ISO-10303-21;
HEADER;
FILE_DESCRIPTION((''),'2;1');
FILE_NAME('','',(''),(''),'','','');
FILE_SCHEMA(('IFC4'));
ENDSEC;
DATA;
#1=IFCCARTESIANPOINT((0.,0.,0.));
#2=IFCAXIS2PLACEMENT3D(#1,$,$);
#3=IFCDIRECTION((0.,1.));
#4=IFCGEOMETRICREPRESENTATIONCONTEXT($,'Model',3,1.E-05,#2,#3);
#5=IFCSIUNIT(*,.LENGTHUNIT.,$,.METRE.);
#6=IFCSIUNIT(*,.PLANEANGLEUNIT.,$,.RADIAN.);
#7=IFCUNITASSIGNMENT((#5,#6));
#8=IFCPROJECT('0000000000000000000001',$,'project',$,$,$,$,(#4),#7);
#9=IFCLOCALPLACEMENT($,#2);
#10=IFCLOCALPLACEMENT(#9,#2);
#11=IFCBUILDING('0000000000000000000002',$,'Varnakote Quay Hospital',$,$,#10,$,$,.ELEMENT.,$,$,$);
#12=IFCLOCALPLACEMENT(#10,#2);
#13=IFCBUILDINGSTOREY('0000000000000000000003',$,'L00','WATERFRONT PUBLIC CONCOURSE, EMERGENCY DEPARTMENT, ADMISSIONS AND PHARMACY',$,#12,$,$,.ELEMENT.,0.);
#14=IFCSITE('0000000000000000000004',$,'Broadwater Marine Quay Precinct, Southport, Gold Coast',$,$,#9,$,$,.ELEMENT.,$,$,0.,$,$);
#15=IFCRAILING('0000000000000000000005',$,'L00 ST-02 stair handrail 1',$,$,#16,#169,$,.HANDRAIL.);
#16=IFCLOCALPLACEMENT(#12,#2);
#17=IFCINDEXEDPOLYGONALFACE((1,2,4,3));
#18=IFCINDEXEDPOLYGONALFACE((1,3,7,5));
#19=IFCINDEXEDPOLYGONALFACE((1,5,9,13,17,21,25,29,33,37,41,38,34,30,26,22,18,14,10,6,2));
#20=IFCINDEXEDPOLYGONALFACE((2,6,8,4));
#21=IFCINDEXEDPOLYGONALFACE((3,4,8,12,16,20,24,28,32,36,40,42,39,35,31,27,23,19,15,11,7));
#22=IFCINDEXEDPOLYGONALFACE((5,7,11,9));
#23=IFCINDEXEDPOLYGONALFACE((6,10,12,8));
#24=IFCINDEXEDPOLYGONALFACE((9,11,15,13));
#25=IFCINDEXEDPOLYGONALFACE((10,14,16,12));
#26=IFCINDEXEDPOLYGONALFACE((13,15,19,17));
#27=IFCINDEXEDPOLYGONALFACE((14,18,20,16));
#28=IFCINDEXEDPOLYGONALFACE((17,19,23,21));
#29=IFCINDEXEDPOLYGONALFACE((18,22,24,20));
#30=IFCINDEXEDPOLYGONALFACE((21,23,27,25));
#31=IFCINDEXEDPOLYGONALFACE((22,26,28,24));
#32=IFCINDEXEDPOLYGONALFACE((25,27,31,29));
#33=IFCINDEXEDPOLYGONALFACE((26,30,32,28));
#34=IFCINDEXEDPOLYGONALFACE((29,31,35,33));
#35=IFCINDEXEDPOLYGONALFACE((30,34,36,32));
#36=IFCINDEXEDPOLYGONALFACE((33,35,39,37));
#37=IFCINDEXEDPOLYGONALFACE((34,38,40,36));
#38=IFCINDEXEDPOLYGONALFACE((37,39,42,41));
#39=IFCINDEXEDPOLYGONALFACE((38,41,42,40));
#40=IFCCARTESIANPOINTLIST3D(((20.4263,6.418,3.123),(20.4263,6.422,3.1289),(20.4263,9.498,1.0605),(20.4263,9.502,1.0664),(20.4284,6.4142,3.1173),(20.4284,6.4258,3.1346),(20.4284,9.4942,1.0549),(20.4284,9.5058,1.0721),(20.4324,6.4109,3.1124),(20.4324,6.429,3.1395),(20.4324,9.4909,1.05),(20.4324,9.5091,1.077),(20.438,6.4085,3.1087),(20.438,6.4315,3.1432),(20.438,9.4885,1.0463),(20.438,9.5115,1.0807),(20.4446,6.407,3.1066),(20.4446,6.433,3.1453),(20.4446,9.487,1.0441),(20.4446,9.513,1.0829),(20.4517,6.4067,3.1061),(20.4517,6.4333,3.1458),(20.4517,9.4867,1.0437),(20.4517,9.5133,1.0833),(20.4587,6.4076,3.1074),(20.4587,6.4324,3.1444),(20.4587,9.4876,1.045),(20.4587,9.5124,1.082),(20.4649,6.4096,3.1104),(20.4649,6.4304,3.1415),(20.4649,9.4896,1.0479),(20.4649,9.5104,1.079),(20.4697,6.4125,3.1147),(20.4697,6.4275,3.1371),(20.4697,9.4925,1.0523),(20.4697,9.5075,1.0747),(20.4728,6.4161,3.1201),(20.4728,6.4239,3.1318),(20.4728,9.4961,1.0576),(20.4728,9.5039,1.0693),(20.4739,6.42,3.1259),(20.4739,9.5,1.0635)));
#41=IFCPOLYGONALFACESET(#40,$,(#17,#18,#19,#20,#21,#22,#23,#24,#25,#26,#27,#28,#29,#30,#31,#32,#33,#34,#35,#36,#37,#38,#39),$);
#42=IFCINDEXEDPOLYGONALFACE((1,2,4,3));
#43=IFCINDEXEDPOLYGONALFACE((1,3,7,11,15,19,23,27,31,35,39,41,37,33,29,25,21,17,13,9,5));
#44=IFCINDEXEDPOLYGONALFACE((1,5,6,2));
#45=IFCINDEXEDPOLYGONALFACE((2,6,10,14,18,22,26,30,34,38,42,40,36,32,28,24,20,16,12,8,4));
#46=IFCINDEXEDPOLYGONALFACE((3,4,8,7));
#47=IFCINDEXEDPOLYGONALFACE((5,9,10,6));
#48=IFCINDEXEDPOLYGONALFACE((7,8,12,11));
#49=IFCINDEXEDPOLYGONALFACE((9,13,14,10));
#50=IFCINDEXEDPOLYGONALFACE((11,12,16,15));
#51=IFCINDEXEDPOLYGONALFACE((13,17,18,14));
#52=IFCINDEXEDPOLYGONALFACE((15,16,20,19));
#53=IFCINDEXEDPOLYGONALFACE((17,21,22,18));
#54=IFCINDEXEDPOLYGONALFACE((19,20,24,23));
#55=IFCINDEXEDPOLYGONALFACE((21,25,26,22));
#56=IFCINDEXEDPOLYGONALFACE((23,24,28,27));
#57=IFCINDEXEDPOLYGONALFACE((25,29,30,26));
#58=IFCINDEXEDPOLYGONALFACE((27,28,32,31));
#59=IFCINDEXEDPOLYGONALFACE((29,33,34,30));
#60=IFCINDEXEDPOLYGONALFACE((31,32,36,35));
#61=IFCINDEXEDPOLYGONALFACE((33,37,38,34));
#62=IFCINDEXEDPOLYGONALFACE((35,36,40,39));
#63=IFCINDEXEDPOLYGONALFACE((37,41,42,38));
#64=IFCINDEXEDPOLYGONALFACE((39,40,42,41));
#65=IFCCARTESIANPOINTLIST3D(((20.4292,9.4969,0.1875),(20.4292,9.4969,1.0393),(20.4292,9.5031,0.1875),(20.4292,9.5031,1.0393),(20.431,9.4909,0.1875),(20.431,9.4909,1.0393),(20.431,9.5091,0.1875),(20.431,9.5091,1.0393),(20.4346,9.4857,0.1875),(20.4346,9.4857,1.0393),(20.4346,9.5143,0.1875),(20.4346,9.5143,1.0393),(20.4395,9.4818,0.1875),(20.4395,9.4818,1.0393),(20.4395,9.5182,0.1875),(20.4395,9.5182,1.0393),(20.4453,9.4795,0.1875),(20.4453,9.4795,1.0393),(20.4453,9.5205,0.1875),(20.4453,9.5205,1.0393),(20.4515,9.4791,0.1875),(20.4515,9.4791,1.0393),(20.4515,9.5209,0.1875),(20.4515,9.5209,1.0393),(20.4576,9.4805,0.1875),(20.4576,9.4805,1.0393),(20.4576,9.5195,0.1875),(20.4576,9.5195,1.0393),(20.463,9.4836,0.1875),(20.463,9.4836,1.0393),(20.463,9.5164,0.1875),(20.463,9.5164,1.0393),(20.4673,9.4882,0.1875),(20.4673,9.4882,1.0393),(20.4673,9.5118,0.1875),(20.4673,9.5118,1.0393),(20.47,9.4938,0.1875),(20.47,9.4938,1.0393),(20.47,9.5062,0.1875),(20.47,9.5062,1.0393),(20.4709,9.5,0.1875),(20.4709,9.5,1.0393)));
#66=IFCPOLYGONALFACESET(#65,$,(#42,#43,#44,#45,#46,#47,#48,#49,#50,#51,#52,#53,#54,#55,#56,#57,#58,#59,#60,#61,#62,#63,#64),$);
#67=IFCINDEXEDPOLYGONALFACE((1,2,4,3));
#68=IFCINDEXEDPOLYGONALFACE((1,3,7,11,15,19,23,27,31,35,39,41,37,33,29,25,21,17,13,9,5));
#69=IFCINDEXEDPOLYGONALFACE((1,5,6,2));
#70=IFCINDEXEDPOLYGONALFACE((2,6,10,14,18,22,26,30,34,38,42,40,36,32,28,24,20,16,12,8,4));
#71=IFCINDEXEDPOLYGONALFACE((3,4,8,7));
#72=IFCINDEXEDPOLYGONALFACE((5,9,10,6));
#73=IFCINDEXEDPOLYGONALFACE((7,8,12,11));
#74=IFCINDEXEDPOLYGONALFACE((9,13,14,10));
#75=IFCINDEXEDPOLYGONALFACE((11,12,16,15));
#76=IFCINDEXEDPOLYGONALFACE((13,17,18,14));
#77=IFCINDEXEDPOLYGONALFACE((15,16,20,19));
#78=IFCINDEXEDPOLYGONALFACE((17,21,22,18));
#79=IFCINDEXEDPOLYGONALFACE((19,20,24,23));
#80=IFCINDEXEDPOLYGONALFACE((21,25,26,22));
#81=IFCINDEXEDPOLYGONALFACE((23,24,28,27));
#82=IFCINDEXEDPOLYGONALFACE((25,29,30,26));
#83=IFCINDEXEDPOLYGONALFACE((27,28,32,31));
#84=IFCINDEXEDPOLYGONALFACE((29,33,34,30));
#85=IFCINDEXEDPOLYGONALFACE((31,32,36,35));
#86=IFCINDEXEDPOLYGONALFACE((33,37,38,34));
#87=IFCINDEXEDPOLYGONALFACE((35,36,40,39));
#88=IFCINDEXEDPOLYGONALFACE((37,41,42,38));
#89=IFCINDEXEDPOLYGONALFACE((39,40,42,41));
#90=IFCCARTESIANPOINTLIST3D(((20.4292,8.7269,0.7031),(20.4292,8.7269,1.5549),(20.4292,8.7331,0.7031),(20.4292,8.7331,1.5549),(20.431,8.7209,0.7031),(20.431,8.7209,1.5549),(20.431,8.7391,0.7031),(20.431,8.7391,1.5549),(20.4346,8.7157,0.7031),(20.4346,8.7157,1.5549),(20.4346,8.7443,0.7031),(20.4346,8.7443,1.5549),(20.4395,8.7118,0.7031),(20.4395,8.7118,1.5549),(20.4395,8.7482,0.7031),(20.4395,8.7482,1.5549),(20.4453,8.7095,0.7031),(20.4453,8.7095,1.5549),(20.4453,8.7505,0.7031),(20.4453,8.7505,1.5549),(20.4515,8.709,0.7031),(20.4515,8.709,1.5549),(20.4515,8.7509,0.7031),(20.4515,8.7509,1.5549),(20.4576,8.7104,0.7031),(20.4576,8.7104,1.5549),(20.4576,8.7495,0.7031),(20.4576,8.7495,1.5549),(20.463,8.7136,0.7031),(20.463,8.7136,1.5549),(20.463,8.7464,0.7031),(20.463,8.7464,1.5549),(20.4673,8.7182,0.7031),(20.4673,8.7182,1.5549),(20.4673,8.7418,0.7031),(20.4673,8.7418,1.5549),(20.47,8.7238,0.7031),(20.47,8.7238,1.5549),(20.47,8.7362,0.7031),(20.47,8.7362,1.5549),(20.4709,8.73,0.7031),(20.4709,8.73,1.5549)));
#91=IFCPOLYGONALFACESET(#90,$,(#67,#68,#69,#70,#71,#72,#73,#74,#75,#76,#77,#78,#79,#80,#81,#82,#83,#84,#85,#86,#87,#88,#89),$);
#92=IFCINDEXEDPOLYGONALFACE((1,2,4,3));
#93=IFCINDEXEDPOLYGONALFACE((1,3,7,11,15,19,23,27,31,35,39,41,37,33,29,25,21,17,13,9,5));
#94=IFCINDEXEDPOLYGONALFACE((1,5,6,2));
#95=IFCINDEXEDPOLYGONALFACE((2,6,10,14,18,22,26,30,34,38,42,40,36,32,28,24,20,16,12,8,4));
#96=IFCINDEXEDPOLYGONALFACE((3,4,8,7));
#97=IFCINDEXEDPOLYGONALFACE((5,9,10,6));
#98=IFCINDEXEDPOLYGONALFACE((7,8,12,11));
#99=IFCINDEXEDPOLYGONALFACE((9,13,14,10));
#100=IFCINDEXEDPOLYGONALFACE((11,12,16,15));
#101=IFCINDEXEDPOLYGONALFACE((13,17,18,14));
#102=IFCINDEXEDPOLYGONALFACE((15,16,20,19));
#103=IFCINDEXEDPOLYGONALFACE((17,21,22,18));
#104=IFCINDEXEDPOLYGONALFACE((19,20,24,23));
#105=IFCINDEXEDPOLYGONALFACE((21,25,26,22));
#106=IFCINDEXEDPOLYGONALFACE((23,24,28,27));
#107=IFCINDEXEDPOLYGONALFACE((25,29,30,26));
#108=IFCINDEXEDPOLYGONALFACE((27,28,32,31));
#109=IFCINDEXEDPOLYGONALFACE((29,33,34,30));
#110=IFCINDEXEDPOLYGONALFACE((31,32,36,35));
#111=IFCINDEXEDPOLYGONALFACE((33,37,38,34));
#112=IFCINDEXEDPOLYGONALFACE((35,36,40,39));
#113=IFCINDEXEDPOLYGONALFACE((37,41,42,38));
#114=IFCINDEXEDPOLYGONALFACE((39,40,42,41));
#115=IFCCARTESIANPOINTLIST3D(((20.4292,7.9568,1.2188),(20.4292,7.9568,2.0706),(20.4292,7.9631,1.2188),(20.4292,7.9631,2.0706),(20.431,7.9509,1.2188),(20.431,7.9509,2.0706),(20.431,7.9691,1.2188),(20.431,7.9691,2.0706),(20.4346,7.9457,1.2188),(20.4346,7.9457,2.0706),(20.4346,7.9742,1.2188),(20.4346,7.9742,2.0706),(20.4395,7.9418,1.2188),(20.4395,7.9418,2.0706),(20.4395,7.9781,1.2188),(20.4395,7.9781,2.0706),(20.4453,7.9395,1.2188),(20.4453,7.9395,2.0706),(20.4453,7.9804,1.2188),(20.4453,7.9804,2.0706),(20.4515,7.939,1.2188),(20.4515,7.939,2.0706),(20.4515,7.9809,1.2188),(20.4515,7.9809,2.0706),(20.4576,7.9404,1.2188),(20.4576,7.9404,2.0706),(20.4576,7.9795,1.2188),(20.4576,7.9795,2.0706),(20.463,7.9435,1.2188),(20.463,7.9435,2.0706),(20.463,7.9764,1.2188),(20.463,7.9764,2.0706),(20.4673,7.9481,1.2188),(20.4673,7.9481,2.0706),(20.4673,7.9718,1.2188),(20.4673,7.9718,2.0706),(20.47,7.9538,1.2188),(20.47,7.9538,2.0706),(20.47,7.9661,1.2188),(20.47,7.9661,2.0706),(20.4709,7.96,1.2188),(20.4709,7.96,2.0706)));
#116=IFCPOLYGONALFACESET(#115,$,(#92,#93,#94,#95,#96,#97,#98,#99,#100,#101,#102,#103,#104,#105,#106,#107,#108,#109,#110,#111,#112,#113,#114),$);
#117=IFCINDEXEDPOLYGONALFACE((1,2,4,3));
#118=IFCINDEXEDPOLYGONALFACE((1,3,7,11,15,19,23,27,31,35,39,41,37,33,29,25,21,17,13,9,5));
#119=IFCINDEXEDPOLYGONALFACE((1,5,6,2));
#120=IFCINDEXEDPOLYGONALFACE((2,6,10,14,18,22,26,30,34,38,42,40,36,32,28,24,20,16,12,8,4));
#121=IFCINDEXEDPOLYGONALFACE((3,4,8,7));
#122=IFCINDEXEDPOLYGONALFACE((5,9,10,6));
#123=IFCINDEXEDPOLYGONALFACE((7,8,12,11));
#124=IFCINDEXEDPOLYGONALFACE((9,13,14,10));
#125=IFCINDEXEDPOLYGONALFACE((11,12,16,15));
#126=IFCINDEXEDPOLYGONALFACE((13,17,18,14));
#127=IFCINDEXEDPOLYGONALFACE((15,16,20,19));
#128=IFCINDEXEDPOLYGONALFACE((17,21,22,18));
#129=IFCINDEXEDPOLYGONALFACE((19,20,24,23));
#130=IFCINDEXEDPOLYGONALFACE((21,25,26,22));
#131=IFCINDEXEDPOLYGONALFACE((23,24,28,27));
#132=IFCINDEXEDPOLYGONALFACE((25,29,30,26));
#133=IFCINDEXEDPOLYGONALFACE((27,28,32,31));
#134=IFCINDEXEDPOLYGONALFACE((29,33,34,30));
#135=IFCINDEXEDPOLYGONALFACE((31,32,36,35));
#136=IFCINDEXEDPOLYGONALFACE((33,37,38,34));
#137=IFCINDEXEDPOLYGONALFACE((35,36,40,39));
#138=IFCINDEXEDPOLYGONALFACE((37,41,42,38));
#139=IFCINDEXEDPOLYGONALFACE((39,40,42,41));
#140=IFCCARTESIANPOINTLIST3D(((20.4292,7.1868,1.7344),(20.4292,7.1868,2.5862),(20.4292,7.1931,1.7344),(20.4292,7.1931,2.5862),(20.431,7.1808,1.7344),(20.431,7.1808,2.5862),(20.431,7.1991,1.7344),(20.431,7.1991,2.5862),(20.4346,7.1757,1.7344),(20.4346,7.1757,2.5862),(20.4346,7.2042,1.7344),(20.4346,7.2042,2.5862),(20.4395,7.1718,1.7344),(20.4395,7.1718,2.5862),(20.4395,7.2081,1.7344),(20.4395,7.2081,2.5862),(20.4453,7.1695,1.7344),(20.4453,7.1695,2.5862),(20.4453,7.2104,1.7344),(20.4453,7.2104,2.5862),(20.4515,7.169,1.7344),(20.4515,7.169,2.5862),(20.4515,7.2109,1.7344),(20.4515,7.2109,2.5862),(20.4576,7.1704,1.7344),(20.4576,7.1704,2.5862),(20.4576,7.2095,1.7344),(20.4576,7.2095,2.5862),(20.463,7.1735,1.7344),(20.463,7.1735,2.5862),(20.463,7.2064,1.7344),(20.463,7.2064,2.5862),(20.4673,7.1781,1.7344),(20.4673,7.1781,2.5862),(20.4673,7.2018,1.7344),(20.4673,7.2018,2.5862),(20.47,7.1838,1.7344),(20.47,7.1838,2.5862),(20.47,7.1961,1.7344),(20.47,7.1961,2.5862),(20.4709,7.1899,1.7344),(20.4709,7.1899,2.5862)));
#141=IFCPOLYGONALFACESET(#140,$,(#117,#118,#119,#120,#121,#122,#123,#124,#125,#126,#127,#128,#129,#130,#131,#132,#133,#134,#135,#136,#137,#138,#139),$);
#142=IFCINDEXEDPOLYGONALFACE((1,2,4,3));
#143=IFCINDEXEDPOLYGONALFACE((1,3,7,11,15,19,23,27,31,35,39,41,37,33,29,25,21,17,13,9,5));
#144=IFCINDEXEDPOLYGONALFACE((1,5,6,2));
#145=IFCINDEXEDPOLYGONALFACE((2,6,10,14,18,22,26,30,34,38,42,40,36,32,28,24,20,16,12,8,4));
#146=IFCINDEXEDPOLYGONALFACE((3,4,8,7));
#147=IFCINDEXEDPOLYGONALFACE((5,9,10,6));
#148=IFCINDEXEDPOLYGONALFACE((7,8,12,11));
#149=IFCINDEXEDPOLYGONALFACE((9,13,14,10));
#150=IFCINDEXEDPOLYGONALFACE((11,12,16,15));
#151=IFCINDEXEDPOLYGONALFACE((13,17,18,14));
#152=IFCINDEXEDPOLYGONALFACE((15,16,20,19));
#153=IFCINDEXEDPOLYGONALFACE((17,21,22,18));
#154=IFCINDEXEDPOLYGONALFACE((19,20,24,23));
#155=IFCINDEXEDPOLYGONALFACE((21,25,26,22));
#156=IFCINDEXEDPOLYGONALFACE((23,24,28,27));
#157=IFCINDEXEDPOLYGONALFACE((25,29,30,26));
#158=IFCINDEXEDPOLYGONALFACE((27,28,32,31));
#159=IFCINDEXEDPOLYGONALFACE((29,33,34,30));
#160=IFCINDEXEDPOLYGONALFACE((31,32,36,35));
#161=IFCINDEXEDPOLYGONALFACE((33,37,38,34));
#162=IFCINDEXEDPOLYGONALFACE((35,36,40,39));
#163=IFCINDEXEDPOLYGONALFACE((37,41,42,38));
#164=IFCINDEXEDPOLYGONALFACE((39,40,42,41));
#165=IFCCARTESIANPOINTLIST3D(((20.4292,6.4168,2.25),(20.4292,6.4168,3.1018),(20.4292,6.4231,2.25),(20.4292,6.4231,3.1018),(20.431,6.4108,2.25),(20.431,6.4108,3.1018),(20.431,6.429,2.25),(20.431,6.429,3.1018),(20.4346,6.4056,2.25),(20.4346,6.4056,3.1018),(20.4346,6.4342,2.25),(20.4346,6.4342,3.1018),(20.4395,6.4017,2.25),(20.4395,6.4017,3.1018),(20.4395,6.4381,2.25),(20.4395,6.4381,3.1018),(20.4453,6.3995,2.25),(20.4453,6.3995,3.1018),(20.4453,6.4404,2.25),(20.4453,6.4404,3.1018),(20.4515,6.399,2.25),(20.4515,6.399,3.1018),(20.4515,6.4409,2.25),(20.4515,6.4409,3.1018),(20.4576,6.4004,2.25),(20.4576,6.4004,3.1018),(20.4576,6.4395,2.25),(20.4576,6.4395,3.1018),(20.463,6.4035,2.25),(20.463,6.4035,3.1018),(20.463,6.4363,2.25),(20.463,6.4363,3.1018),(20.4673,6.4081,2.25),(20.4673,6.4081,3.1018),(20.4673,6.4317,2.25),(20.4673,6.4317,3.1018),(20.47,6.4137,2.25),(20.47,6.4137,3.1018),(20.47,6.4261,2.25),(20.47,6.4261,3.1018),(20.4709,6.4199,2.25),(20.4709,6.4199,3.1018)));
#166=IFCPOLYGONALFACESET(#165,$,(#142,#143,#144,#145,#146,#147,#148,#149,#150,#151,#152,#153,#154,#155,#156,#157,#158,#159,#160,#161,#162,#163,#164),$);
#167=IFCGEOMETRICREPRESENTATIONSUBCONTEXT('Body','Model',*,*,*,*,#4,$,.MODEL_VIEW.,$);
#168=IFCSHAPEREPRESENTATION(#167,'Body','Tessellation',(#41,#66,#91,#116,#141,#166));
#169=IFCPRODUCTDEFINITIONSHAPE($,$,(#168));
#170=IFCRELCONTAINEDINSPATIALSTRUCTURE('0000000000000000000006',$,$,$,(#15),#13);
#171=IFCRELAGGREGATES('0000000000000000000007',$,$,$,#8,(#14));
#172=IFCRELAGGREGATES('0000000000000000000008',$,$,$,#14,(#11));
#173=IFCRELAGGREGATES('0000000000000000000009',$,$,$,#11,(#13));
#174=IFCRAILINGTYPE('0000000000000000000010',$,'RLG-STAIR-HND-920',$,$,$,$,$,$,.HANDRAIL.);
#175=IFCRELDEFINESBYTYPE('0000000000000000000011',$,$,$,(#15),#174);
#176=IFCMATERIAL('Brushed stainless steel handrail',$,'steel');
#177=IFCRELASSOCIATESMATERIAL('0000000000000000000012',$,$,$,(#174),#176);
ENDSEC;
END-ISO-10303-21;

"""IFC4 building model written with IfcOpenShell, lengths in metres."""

from ifc_helpers import new_model, si_unit, direction, frame, origin, origin_2d, place, context, subcontext, project, spatial, circle, extrude, material, type_object, element, save


model = new_model("IFC4")

# Units and contexts
model_context = context("Model", 3, precision=1e-05, world=origin(), true_north=direction((0.0, 1.0)))
body_context = subcontext(model_context, "Body", "Model", "MODEL_VIEW")
ifc_project = project(units=[si_unit("LENGTHUNIT", "METRE"), si_unit("PLANEANGLEUNIT", "RADIAN")], contexts=[model_context])

# Site, building, storey
site_placement = place(None, origin())
site = spatial("IfcSite", under=ifc_project, at=site_placement, Name="Broadwater Marine Quay Precinct, Southport, Gold Coast", CompositionType="ELEMENT", RefElevation=0.0)
building_placement = place(site_placement, origin())
building = spatial("IfcBuilding", under=site, at=building_placement, Name="Varnakote Quay Hospital", CompositionType="ELEMENT")
storey_placement = place(building_placement, origin())
storey = spatial("IfcBuildingStorey", under=building, at=storey_placement, Name="L00", Description="WATERFRONT PUBLIC CONCOURSE, EMERGENCY DEPARTMENT, ADMISSIONS AND PHARMACY", CompositionType="ELEMENT", Elevation=0.0)

# Railing
ifc_material_1 = material(Name="Brushed stainless steel handrail", Category="steel")
railing_type_1 = type_object("IfcRailingType", Name="RLG-STAIR-HND-920", PredefinedType="HANDRAIL", material=ifc_material_1)
railing_1_placement = place(storey_placement, frame((20.45, 9.5, 0.1875)))
element("IfcRailing", 1, at=railing_1_placement, inside=storey, type_object=railing_type_1, Name="L00 ST-02 stair handrail 1", PredefinedType="HANDRAIL", context=body_context, shape_type="SweptSolid", body=[
    extrude(circle(Radius=0.0239, at=origin_2d()), frame((0.0, 0.0, 0.876), z_axis=(0.0, -0.830914, 0.556401), x_axis=(1.0, 0.0, 0.0)), (0.0, 0.0, 1.0), 3.7068),
    extrude(circle(Radius=0.021, at=origin_2d()), origin(), (0.0, 0.0, 1.0), 0.8518),
    extrude(circle(Radius=0.021, at=origin_2d()), frame((0.0, -0.77, 0.5156)), (0.0, 0.0, 1.0), 0.8518),
    extrude(circle(Radius=0.021, at=origin_2d()), frame((0.0, -1.54, 1.0312)), (0.0, 0.0, 1.0), 0.8518),
    extrude(circle(Radius=0.021, at=origin_2d()), frame((0.0, -2.3101, 1.5469)), (0.0, 0.0, 1.0), 0.8518),
    extrude(circle(Radius=0.021, at=origin_2d()), frame((0.0, -3.0801, 2.0625)), (0.0, 0.0, 1.0), 0.8518),
])

save(model, "model.ifc")
